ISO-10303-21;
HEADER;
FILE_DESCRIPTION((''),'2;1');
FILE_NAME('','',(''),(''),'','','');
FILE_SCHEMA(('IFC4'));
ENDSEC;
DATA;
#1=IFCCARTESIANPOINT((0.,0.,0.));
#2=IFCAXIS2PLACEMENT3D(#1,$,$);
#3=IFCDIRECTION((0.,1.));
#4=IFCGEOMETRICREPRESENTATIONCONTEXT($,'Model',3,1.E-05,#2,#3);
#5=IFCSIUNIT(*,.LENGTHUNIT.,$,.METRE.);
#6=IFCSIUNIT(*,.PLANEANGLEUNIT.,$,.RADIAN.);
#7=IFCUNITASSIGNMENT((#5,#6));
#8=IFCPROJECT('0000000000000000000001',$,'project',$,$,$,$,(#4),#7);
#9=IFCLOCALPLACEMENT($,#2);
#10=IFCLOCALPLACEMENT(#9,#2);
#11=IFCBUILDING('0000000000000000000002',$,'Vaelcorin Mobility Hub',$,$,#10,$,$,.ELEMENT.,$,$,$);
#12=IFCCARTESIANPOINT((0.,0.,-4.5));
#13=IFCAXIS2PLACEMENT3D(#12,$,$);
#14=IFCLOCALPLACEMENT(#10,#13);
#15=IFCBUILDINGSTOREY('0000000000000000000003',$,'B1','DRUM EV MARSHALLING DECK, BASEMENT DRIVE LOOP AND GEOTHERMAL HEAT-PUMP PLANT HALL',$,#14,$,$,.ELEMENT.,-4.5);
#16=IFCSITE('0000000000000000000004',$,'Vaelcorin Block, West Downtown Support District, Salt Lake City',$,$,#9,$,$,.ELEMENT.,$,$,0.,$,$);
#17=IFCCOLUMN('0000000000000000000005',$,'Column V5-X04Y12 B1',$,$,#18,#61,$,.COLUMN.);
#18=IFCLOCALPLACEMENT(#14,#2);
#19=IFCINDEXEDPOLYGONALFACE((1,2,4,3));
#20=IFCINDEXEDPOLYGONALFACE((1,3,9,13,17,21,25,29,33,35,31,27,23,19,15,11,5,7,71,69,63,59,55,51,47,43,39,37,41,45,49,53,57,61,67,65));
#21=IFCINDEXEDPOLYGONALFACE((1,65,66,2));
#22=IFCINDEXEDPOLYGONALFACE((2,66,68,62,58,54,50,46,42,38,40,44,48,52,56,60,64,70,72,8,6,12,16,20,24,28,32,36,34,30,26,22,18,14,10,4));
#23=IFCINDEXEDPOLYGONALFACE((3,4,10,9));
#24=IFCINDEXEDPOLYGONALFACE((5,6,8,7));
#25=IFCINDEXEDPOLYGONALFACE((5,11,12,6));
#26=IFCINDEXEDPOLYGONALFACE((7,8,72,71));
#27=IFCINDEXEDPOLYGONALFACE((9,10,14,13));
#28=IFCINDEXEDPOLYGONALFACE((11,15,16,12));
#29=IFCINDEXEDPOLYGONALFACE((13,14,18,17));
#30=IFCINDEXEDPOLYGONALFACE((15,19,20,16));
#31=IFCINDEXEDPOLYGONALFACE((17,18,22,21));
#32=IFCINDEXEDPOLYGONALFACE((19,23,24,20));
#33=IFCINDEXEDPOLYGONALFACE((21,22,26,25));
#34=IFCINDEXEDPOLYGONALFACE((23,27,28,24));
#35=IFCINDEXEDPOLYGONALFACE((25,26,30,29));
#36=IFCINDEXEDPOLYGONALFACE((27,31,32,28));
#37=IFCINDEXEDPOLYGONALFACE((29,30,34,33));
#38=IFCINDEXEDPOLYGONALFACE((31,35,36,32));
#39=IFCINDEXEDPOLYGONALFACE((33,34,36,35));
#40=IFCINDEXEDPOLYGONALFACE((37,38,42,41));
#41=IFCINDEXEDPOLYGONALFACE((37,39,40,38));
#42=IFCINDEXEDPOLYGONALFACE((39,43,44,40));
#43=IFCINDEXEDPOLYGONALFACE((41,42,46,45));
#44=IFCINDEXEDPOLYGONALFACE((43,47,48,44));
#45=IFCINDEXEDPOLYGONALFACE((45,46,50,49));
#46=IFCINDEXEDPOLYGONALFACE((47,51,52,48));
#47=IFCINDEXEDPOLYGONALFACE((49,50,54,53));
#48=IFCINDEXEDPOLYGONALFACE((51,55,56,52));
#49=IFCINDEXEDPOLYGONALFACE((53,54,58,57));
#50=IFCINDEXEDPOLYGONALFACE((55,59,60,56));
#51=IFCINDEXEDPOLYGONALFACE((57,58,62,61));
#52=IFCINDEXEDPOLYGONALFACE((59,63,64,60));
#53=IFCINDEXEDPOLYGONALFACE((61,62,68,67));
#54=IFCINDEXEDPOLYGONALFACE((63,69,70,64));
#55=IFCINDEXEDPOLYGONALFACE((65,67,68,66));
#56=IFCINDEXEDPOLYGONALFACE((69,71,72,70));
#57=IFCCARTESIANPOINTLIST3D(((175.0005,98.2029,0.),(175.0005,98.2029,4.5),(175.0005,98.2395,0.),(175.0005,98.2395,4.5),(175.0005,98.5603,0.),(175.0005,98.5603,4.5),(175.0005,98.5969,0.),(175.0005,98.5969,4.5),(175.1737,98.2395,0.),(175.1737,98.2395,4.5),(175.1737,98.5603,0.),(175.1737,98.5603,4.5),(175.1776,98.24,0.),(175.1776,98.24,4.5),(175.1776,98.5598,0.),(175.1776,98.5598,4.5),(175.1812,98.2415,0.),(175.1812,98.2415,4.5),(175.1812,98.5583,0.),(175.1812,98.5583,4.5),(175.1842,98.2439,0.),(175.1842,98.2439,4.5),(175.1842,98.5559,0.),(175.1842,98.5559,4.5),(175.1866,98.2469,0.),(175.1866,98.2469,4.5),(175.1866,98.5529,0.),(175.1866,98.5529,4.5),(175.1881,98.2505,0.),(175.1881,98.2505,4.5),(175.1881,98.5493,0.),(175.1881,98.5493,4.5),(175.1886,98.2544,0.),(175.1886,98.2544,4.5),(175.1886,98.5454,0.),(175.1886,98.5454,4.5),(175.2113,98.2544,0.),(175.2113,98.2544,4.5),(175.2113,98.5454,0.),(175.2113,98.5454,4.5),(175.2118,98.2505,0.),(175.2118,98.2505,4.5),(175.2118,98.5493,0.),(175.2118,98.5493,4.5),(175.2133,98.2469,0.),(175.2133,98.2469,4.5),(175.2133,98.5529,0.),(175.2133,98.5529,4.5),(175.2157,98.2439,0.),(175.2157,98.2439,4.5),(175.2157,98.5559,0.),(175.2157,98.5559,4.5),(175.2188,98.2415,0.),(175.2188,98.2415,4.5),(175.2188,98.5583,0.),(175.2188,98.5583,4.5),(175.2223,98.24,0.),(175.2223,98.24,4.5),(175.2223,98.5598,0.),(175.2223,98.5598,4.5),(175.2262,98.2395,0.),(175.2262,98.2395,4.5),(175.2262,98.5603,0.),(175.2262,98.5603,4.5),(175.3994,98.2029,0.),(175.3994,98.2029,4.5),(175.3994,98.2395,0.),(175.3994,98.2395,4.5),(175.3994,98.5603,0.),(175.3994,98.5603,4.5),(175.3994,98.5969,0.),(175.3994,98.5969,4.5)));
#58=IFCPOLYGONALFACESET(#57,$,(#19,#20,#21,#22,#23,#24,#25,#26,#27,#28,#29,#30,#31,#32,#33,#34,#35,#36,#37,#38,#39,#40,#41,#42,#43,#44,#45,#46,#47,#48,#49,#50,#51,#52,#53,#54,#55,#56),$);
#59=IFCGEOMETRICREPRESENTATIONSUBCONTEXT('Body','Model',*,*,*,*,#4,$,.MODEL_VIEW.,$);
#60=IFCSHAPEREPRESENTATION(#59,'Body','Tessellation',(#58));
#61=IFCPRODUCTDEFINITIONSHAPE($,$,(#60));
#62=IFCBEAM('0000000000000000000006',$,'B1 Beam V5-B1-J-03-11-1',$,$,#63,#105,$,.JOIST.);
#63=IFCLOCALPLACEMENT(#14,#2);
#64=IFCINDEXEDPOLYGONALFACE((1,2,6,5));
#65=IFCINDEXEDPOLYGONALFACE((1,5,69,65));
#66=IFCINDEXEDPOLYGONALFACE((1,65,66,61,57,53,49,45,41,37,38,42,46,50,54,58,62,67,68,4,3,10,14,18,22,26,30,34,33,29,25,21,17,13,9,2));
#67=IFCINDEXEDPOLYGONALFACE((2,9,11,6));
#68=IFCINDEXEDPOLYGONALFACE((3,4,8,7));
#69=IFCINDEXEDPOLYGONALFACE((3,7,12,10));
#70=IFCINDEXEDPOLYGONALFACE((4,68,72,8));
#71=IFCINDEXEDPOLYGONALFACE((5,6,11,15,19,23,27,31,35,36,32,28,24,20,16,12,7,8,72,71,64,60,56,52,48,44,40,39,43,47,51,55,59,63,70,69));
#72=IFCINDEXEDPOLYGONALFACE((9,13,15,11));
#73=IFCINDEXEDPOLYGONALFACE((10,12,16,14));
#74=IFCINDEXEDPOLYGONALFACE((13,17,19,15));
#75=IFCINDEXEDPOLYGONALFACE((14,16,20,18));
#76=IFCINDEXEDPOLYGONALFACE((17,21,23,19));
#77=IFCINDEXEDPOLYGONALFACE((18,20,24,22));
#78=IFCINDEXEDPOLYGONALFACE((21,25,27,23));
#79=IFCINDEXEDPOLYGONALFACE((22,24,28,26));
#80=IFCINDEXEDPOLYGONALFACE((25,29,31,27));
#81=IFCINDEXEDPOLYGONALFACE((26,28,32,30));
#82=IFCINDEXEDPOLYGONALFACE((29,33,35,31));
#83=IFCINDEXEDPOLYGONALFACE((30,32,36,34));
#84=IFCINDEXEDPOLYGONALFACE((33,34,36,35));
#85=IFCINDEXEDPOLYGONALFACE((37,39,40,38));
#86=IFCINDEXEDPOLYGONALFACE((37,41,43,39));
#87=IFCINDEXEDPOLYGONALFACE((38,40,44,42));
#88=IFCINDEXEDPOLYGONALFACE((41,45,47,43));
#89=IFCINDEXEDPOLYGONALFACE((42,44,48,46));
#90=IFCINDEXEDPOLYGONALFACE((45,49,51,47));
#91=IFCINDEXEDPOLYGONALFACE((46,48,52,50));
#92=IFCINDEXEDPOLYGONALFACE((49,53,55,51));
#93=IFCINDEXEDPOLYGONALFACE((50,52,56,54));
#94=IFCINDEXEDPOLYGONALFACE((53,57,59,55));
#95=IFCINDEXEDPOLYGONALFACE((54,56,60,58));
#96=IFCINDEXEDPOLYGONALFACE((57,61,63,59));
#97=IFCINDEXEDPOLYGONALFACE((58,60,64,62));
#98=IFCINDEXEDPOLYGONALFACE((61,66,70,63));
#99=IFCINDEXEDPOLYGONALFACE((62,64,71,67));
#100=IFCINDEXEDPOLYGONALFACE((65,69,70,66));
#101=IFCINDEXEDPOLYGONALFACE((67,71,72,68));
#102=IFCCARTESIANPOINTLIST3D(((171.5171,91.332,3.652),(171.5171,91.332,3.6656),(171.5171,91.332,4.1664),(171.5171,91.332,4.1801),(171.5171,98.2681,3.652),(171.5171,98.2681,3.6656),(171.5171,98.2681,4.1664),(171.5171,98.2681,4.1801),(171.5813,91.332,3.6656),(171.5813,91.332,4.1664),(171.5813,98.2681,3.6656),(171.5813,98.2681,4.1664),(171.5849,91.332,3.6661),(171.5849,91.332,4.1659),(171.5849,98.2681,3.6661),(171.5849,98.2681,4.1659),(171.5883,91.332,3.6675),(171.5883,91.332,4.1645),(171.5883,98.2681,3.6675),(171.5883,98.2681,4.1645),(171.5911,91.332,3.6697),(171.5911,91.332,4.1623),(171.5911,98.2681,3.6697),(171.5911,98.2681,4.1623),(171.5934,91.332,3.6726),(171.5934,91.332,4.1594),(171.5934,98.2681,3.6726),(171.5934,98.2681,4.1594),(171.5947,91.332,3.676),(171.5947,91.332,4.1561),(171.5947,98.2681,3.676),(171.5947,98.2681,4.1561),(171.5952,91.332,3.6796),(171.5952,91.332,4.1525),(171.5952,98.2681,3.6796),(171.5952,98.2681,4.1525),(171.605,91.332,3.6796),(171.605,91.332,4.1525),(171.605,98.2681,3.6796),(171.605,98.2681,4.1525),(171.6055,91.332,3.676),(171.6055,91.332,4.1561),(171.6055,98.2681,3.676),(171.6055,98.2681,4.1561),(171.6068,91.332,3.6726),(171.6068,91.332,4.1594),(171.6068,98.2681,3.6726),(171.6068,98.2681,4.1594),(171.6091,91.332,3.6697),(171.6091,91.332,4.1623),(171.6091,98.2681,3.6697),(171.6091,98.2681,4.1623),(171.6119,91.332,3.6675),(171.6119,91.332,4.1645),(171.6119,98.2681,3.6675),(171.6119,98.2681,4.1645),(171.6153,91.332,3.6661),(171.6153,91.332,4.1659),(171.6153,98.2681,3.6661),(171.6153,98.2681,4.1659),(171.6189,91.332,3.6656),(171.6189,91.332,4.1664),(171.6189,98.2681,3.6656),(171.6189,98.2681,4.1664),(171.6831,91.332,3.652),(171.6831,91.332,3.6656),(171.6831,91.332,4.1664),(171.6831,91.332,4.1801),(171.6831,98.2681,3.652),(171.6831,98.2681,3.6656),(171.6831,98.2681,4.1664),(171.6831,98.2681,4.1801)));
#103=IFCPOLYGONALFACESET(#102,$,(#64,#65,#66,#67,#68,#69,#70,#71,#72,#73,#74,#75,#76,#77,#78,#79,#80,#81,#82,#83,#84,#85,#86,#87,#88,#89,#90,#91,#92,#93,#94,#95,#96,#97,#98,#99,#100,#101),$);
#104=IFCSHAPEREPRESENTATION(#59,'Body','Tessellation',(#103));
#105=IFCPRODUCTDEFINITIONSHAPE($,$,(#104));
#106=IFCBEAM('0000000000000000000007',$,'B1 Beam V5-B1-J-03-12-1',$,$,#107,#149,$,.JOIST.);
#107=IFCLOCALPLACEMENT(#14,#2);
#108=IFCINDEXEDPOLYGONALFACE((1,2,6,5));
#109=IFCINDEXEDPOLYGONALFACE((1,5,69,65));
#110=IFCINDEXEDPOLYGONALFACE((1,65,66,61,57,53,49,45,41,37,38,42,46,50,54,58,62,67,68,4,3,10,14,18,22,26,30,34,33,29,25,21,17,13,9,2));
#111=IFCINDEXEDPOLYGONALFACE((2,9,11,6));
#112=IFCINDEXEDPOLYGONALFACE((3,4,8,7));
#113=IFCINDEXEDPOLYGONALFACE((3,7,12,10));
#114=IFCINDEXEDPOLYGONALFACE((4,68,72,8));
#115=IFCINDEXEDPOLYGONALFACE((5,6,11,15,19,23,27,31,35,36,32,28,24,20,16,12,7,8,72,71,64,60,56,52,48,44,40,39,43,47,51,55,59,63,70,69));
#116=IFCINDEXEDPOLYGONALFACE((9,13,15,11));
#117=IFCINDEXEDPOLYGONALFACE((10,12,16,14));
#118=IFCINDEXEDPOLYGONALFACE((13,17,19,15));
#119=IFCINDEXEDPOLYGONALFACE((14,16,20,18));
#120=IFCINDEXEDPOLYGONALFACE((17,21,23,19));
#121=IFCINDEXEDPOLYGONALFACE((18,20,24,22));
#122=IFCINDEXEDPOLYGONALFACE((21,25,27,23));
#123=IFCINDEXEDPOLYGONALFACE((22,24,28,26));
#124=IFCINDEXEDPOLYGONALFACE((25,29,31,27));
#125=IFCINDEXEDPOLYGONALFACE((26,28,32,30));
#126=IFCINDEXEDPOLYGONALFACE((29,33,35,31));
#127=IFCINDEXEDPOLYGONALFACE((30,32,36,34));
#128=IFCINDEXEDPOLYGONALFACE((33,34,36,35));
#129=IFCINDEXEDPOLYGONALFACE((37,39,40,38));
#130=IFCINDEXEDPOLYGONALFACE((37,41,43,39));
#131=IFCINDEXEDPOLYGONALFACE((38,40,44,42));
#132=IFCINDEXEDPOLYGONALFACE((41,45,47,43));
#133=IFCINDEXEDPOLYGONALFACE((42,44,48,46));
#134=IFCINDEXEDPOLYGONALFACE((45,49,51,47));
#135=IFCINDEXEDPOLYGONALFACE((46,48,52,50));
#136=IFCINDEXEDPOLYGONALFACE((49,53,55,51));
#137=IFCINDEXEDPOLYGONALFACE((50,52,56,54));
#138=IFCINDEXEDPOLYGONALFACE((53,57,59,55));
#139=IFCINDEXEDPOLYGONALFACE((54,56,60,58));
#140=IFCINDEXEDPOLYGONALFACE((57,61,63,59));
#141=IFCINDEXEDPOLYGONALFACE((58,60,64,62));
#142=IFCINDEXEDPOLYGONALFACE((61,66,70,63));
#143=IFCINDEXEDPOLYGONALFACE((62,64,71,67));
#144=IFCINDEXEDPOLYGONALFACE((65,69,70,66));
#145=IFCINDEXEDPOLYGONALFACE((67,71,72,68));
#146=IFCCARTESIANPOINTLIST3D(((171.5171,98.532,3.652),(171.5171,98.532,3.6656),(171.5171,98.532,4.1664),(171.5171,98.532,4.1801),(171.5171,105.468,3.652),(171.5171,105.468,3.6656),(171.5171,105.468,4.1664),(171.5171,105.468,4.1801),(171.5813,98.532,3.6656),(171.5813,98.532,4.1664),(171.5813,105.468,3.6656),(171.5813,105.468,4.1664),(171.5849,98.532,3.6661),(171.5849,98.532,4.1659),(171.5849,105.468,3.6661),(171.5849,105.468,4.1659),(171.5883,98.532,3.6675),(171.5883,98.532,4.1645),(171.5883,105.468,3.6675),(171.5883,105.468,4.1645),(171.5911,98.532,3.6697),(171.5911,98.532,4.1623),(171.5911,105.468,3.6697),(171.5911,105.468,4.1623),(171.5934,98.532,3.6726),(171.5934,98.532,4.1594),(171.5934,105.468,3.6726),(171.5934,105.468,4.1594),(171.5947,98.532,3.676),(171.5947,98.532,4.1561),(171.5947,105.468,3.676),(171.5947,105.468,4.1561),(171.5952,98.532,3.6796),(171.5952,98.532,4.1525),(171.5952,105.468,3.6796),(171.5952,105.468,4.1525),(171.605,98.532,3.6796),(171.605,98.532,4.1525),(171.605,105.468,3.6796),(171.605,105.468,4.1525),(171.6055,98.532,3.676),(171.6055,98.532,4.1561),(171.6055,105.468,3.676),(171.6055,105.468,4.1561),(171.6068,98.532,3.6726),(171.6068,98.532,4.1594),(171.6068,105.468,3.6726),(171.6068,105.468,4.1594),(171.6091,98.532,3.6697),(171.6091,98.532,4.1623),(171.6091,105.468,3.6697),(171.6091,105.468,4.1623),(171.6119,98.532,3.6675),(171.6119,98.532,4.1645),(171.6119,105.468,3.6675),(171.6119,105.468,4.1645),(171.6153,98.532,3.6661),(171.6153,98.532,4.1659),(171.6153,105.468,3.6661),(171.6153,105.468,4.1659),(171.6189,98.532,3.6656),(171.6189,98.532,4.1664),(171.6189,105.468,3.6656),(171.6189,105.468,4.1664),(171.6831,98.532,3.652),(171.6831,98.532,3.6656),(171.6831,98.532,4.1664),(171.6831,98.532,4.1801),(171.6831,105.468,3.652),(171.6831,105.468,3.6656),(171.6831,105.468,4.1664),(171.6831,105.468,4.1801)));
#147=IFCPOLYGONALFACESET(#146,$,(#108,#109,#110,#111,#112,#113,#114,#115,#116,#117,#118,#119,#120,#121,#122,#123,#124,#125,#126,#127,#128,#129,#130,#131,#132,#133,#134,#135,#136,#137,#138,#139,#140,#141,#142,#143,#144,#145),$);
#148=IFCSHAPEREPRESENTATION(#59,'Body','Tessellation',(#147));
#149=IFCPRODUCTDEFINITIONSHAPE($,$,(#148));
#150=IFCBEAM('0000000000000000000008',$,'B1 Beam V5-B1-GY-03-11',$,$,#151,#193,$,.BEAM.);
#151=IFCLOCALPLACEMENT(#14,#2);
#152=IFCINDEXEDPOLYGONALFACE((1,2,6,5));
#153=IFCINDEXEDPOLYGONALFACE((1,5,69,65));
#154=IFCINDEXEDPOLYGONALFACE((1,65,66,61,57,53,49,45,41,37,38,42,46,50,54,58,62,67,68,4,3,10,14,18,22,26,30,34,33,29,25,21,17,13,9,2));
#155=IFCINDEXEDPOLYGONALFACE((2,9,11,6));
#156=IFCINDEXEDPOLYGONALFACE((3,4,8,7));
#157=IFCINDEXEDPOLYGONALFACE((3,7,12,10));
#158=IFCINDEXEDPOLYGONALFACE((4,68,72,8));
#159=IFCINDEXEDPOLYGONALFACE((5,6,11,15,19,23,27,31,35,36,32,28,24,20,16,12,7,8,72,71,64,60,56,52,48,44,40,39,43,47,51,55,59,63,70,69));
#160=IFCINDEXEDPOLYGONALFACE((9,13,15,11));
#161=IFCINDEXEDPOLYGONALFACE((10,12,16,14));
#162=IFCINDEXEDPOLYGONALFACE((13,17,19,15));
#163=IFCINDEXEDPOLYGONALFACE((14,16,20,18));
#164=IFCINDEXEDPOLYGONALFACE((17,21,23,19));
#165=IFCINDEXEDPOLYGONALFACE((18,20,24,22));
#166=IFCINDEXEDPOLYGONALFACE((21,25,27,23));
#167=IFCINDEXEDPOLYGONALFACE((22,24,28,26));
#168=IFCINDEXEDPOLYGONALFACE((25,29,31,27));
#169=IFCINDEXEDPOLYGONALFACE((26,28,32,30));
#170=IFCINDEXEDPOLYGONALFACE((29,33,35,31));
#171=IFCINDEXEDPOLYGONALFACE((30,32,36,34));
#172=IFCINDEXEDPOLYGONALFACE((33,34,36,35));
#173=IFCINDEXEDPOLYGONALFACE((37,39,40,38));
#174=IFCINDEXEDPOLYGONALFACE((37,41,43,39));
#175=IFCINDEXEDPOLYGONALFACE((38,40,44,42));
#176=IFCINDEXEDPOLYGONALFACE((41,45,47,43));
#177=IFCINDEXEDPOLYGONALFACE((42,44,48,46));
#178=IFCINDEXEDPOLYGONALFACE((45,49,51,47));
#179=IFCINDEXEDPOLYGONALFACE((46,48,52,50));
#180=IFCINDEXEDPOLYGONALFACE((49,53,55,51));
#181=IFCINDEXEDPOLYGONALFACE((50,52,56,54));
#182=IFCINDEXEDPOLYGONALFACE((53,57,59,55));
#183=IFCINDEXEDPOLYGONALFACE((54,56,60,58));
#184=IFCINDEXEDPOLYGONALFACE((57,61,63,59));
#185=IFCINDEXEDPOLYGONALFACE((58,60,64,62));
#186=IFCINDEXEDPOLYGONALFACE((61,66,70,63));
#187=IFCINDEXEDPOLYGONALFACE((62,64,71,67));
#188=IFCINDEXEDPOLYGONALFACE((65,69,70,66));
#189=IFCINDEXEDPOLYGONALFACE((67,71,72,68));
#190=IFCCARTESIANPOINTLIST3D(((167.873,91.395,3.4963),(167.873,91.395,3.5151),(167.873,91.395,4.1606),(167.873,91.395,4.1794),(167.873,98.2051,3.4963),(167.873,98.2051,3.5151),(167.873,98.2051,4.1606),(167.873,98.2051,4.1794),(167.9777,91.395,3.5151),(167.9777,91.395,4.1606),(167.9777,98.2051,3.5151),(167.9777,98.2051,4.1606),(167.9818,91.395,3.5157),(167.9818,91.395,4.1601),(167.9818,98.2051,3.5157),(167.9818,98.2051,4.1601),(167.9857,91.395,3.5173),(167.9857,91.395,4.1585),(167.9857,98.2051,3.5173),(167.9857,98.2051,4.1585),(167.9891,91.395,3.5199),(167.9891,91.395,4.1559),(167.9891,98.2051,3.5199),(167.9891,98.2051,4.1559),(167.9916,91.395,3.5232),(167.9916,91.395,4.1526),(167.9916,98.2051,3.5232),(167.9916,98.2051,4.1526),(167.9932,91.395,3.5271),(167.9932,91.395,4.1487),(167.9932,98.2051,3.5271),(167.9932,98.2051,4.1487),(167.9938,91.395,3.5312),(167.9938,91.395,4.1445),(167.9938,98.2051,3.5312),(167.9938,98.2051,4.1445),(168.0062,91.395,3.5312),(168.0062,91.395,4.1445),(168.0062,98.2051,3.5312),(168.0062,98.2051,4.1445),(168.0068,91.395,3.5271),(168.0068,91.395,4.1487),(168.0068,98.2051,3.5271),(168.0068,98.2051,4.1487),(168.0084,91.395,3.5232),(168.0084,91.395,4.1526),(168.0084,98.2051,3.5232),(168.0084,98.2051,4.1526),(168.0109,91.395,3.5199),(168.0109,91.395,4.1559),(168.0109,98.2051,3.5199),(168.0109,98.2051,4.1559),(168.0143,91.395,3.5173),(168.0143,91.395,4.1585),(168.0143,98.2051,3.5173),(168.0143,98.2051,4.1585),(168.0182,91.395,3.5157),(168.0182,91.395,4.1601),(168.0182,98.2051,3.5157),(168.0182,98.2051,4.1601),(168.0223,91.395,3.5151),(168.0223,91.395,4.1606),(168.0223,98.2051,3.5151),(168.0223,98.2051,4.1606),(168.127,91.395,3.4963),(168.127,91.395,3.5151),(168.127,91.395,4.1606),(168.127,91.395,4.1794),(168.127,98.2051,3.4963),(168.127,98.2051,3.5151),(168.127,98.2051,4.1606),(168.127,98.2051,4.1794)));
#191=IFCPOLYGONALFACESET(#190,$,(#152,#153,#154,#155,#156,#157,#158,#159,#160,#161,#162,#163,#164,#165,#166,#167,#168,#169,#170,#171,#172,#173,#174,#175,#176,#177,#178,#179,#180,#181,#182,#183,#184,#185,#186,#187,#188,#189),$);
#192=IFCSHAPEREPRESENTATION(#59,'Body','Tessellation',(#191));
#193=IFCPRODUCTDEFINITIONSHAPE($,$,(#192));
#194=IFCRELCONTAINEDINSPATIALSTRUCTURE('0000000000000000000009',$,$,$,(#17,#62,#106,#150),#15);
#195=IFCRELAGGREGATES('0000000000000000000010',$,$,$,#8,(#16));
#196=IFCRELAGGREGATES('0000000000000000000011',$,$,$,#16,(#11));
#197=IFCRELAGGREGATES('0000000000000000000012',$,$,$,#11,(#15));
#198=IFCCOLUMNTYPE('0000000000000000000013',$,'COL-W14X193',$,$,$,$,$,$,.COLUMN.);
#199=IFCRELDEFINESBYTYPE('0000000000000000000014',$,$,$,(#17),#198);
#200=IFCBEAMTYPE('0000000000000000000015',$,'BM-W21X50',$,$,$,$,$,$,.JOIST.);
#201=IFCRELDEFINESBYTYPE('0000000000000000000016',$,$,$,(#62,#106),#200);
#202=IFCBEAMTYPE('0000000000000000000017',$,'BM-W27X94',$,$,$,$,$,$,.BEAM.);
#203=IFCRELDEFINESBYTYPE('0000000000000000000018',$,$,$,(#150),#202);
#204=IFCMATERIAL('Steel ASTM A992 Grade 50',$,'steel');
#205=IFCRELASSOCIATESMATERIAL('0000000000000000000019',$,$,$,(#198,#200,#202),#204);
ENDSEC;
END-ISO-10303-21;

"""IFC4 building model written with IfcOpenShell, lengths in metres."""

from ifc_helpers import new_model, si_unit, direction, frame, origin, origin_2d, place, context, subcontext, project, spatial, i_section, extrude, material, material_profile, profile_set, type_object, element, save


model = new_model("IFC4")

# Units and contexts
model_context = context("Model", 3, precision=1e-05, world=origin(), true_north=direction((0.0, 1.0)))
body_context = subcontext(model_context, "Body", "Model", "MODEL_VIEW")
ifc_project = project(units=[si_unit("LENGTHUNIT", "METRE"), si_unit("PLANEANGLEUNIT", "RADIAN")], contexts=[model_context])

# Site, building, storey
site_placement = place(None, origin())
site = spatial("IfcSite", under=ifc_project, at=site_placement, Name="Vaelcorin Block, West Downtown Support District, Salt Lake City", CompositionType="ELEMENT", RefElevation=0.0)
building_placement = place(site_placement, origin())
building = spatial("IfcBuilding", under=site, at=building_placement, Name="Vaelcorin Mobility Hub", CompositionType="ELEMENT")
storey_placement = place(building_placement, frame((0.0, 0.0, -4.5)))
storey = spatial("IfcBuildingStorey", under=building, at=storey_placement, Name="B1", Description="DRUM EV MARSHALLING DECK, BASEMENT DRIVE LOOP AND GEOTHERMAL HEAT-PUMP PLANT HALL", CompositionType="ELEMENT", Elevation=-4.5)

# Column
ifc_material_1 = material(Name="Steel ASTM A992 Grade 50", Category="steel")
ifc_material_profile_1 = material_profile(ifc_material_1, i_section(OverallWidth=0.3989, OverallDepth=0.394, WebThickness=0.0227, FlangeThickness=0.0366, FilletRadius=0.0149, at=origin_2d()), Name="W14X193")
ifc_profile_set_1 = profile_set([ifc_material_profile_1], Name="Steel ASTM A992 Grade 50")
column_type = type_object("IfcColumnType", Name="COL-W14X193", PredefinedType="COLUMN", material=ifc_profile_set_1)
for number, where, z_axis, x_axis, name in (
    (1, (175.2, 98.3999, 0.0), (0.0, 0.0, 1.0), (1.0, 0.0, 0.0), "Column V5-X04Y12 B1"),
):
    element("IfcColumn", number, at=place(storey_placement, frame(where, z_axis=z_axis, x_axis=x_axis)), inside=storey, type_object=column_type, Name=name, PredefinedType="COLUMN", context=body_context, shape_type="SweptSolid", body=[
        extrude(i_section(OverallWidth=0.3989, OverallDepth=0.394, WebThickness=0.0227, FlangeThickness=0.0366, FilletRadius=0.0149, at=origin_2d()), origin(), (0.0, 0.0, 1.0), 4.5),
    ])

# Beams
ifc_material_profile_2 = material_profile(ifc_material_1, i_section(OverallWidth=0.166, OverallDepth=0.5281, WebThickness=0.0098, FlangeThickness=0.0137, FilletRadius=0.0139, at=origin_2d()), Name="W21X50")
ifc_profile_set_2 = profile_set([ifc_material_profile_2], Name="Steel ASTM A992 Grade 50")
beam_type_1 = type_object("IfcBeamType", Name="BM-W21X50", PredefinedType="JOIST", material=ifc_profile_set_2)
for number, where, z_axis, x_axis, name in (
    (2, (171.6001, 91.332, 3.916), (0.0, 1.0, 0.0), (-1.0, 0.0, 0.0), "B1 Beam V5-B1-J-03-11-1"),
    (3, (171.6001, 98.532, 3.916), (0.0, 1.0, 0.0), (-1.0, 0.0, 0.0), "B1 Beam V5-B1-J-03-12-1"),
):
    element("IfcBeam", number, at=place(storey_placement, frame(where, z_axis=z_axis, x_axis=x_axis)), inside=storey, type_object=beam_type_1, Name=name, PredefinedType="JOIST", context=body_context, shape_type="SweptSolid", body=[
        extrude(i_section(OverallWidth=0.166, OverallDepth=0.5281, WebThickness=0.0098, FlangeThickness=0.0137, FilletRadius=0.0139, at=origin_2d()), origin(), (0.0, 0.0, 1.0), 6.936),
    ])
ifc_material_profile_3 = material_profile(ifc_material_1, i_section(OverallWidth=0.2539, OverallDepth=0.6831, WebThickness=0.0125, FlangeThickness=0.0188, FilletRadius=0.0161, at=origin_2d()), Name="W27X94")
ifc_profile_set_3 = profile_set([ifc_material_profile_3], Name="Steel ASTM A992 Grade 50")
beam_type_2 = type_object("IfcBeamType", Name="BM-W27X94", PredefinedType="BEAM", material=ifc_profile_set_3)
for number, where, z_axis, x_axis, name in (
    (4, (168.0, 91.395, 3.8379), (0.0, 1.0, 0.0), (-1.0, 0.0, 0.0), "B1 Beam V5-B1-GY-03-11"),
):
    element("IfcBeam", number, at=place(storey_placement, frame(where, z_axis=z_axis, x_axis=x_axis)), inside=storey, type_object=beam_type_2, Name=name, PredefinedType="BEAM", context=body_context, shape_type="SweptSolid", body=[
        extrude(i_section(OverallWidth=0.2539, OverallDepth=0.6831, WebThickness=0.0125, FlangeThickness=0.0188, FilletRadius=0.0161, at=origin_2d()), origin(), (0.0, 0.0, 1.0), 6.8101),
    ])

save(model, "model.ifc")
